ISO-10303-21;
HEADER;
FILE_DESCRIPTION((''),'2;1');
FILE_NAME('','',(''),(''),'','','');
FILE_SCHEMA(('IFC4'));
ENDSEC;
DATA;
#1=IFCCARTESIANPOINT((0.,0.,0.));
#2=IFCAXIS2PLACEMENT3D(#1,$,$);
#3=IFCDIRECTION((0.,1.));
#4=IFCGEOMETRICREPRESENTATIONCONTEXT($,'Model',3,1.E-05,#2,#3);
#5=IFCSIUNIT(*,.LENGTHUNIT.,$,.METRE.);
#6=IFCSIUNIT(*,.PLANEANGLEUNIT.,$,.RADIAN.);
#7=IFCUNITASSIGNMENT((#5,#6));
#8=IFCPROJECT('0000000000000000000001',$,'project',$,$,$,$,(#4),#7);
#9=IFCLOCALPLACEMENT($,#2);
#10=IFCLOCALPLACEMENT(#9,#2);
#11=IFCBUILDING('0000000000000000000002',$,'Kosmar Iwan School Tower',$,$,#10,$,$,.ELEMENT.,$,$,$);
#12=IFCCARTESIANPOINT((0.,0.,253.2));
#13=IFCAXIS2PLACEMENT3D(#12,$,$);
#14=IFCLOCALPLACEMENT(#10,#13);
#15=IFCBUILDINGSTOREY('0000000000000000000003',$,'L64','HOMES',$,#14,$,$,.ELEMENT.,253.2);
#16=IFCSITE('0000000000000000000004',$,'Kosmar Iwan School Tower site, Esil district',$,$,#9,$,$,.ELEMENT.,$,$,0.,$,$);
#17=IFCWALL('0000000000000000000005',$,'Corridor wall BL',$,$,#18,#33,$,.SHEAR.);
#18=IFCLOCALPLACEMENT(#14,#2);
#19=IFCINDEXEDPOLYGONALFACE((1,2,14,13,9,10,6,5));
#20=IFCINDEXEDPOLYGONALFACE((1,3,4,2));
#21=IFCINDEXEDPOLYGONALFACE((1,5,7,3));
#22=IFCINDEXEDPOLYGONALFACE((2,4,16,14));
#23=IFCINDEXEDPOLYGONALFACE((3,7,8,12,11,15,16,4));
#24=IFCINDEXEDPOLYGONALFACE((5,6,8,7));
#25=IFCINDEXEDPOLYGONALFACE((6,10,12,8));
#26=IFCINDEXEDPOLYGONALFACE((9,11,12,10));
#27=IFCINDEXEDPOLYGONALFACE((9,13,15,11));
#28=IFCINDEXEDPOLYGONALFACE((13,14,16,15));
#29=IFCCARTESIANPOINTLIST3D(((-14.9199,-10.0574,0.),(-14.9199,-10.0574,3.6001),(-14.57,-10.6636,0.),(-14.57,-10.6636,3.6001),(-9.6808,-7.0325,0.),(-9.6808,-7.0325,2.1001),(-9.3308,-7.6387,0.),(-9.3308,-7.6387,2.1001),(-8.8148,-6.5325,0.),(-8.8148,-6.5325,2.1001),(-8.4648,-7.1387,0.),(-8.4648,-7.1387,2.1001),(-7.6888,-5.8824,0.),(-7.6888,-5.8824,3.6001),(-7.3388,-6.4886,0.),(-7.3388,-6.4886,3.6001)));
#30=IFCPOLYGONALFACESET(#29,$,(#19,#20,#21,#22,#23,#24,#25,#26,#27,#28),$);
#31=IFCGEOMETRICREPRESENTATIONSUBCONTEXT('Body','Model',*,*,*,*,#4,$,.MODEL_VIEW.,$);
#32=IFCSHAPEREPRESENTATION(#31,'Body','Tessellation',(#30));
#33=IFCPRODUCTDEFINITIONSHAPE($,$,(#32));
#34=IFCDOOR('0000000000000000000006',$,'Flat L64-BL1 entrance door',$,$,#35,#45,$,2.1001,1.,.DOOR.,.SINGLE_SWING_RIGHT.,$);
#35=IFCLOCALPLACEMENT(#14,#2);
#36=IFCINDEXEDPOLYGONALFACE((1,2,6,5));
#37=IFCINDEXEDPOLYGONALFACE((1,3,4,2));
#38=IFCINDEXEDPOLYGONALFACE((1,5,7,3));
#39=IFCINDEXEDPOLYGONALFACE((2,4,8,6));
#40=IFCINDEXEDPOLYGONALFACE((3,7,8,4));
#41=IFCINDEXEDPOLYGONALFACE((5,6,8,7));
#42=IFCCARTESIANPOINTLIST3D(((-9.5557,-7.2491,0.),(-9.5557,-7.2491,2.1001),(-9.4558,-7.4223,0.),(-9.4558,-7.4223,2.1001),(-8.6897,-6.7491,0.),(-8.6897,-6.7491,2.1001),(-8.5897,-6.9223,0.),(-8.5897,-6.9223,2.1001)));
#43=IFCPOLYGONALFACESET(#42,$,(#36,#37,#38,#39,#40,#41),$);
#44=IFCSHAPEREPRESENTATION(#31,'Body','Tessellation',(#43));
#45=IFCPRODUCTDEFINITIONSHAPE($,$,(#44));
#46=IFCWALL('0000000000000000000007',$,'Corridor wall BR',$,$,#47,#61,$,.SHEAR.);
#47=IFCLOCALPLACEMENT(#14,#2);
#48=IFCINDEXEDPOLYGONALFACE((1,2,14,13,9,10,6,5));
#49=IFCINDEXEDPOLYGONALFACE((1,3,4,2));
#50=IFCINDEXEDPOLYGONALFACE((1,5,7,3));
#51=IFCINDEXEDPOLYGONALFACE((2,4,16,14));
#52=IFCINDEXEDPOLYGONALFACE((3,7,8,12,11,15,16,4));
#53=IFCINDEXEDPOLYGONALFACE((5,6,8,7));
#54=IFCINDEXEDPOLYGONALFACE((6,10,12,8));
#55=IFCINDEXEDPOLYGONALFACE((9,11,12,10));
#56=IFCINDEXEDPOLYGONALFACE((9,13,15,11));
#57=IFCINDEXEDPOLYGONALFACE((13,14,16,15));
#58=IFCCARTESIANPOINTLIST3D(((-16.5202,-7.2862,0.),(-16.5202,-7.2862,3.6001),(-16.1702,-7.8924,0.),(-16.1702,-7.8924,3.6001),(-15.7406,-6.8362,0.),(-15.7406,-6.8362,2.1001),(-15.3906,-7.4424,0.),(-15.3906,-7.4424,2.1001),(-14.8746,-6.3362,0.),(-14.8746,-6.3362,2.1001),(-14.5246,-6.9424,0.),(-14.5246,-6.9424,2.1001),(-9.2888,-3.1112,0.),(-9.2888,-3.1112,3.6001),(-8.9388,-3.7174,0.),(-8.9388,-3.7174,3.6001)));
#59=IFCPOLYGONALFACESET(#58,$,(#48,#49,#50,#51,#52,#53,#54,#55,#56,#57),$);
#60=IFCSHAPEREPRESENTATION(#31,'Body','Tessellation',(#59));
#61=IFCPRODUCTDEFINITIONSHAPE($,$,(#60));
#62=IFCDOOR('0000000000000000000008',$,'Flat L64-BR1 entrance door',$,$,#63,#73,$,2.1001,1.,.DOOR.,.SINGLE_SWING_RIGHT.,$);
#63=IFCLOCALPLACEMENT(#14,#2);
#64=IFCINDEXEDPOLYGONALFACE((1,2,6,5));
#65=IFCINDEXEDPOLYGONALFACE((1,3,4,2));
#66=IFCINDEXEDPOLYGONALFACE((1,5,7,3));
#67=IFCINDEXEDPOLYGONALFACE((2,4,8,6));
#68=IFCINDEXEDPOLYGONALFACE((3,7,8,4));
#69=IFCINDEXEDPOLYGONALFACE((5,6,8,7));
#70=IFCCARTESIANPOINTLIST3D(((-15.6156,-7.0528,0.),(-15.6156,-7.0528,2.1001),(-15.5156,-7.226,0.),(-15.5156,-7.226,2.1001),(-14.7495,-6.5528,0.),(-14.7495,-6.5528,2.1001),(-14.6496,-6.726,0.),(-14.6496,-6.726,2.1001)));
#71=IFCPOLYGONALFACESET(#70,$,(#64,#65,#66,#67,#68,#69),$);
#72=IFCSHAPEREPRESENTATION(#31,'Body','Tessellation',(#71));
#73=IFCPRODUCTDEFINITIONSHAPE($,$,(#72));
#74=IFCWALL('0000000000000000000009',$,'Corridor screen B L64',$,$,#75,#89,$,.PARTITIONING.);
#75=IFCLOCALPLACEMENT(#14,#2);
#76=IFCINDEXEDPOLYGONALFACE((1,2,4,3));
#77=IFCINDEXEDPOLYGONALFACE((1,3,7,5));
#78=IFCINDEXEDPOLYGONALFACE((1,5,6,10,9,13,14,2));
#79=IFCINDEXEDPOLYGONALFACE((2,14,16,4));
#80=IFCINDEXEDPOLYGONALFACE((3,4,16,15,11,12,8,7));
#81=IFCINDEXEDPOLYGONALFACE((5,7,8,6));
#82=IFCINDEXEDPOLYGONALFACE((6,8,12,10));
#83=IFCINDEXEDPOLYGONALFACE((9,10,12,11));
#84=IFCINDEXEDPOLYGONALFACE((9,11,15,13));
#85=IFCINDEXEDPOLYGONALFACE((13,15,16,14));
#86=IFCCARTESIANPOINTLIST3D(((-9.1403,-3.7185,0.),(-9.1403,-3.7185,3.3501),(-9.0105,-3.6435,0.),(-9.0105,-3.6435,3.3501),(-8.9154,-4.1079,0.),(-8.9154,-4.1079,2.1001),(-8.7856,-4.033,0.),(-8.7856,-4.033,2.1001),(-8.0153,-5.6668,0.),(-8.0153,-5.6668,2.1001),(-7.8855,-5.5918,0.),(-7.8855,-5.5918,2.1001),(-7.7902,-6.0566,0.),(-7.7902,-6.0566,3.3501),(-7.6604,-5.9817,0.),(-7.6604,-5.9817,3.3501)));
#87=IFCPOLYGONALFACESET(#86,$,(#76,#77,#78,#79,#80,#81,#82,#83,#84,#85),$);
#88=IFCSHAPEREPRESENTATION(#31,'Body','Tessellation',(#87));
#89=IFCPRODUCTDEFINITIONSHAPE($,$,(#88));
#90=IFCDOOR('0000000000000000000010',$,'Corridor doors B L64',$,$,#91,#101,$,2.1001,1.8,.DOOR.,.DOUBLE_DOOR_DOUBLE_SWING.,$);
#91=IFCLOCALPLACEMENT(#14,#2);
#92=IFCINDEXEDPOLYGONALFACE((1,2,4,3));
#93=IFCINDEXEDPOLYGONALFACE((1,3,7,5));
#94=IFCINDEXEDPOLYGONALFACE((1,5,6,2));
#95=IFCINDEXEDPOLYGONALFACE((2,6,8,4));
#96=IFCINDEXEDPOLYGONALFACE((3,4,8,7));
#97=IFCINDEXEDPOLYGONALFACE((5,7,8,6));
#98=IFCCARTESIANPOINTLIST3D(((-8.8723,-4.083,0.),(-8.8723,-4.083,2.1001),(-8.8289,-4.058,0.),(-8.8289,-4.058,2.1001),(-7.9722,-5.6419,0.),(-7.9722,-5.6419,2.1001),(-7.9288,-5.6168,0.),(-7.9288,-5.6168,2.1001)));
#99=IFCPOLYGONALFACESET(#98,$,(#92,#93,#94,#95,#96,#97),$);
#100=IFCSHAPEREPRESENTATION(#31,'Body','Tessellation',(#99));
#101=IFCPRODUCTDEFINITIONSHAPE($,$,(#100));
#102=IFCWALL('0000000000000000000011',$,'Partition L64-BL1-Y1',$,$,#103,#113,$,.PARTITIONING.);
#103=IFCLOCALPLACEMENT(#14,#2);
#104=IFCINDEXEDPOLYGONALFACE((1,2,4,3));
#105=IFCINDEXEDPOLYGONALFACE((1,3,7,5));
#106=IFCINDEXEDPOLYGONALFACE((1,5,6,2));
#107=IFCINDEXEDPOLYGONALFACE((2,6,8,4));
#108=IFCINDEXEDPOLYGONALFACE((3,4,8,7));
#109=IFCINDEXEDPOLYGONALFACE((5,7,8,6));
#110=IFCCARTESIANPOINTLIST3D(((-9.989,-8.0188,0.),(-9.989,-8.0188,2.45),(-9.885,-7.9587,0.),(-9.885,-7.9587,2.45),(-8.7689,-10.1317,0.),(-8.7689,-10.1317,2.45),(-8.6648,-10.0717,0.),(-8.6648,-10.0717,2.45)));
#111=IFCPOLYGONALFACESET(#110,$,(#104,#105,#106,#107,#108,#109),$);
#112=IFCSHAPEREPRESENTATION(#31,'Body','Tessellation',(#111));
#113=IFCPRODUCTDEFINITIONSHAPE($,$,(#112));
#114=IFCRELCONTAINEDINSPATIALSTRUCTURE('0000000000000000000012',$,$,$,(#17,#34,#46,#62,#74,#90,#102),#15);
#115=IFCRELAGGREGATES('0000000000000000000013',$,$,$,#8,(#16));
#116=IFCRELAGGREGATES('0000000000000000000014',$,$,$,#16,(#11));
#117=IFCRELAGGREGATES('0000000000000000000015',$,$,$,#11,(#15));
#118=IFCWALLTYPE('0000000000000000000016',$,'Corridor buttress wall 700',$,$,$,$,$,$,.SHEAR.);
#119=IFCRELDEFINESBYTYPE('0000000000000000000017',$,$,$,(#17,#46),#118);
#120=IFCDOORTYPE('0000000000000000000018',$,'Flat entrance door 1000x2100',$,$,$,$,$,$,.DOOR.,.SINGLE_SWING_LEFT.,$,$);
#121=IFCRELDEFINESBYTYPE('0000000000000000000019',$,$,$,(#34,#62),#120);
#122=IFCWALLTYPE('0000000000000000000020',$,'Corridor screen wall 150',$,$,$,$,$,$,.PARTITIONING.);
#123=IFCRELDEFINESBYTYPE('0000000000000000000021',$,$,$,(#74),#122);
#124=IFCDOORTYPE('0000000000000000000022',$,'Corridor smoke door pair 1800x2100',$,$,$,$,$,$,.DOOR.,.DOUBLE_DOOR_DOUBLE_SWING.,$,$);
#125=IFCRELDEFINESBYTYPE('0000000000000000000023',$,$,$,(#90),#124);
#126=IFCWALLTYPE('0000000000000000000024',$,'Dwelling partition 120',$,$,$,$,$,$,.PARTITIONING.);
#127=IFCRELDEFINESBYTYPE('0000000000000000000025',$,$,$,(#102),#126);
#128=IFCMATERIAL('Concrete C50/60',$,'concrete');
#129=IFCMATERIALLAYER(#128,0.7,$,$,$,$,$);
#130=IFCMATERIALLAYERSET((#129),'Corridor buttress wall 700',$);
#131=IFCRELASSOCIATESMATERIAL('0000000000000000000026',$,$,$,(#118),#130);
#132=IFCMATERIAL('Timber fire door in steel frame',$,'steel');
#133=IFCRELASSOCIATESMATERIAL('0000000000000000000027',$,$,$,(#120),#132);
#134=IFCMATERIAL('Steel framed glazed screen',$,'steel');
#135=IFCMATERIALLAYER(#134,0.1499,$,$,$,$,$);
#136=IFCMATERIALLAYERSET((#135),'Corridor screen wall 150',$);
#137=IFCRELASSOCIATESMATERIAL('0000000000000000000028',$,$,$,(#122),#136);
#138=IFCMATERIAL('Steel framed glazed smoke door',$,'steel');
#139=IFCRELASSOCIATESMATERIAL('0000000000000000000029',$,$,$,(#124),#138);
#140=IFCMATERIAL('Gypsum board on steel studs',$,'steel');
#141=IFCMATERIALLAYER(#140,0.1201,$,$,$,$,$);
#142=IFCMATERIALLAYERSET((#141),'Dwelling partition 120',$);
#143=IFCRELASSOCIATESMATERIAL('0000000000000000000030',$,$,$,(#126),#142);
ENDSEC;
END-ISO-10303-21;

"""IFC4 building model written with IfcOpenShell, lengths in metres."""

from ifc_helpers import new_model, si_unit, direction, frame, frame_2d, origin, place, context, subcontext, project, spatial, rectangle, extrude, material, layer, layer_set, type_object, element, fill, save


model = new_model("IFC4")

# Units and contexts
model_context = context("Model", 3, precision=1e-05, world=origin(), true_north=direction((0.0, 1.0)))
body_context = subcontext(model_context, "Body", "Model", "MODEL_VIEW")
ifc_project = project(units=[si_unit("LENGTHUNIT", "METRE"), si_unit("PLANEANGLEUNIT", "RADIAN")], contexts=[model_context])

# Site, building, storey
site_placement = place(None, origin())
site = spatial("IfcSite", under=ifc_project, at=site_placement, Name="Kosmar Iwan School Tower site, Esil district", CompositionType="ELEMENT", RefElevation=0.0)
building_placement = place(site_placement, origin())
building = spatial("IfcBuilding", under=site, at=building_placement, Name="Kosmar Iwan School Tower", CompositionType="ELEMENT")
storey_placement = place(building_placement, frame((0.0, 0.0, 253.2)))
storey = spatial("IfcBuildingStorey", under=building, at=storey_placement, Name="L64", Description="HOMES", CompositionType="ELEMENT", Elevation=253.2)

# Walls, openings, doors
ifc_material_1 = material(Name="Concrete C50/60", Category="concrete")
ifc_layer_1 = layer(ifc_material_1, 0.7)
ifc_layer_set_1 = layer_set([ifc_layer_1], Name="Corridor buttress wall 700")
wall_type_1 = type_object("IfcWallType", Name="Corridor buttress wall 700", PredefinedType="SHEAR", material=ifc_layer_set_1)
wall_1_placement = place(storey_placement, frame((-7.5139, -6.1855, 0.0), z_axis=(0.0, 0.0, 1.0), x_axis=(-0.86602, -0.50001, 0.0)))
wall_1 = element("IfcWall", 1, at=wall_1_placement, inside=storey, type_object=wall_type_1, Name="Corridor wall BL", PredefinedType="SHEAR", context=body_context, shape_type="SweptSolid", body=[
    extrude(rectangle(XDim=8.3499, YDim=0.7, at=frame_2d((4.1748, 0.0))), origin(), (0.0, 0.0, 1.0), 3.6001),
])
opening_1_placement = place(wall_1_placement, frame((1.3, 0.0, 0.0)))
opening_1 = element("IfcOpeningElement", 2, at=opening_1_placement, cuts=wall_1, PredefinedType="OPENING", context=body_context, shape_type="SweptSolid", body=[
    extrude(rectangle(XDim=1.0, YDim=2.1001, at=frame_2d((0.5, 1.05))), frame((0.0, 0.3621, 0.0), z_axis=(0.0, -1.0, 0.0), x_axis=(1.0, 0.0, 0.0)), (0.0, 0.0, 1.0), 0.7239),
])
ifc_material_2 = material(Name="Timber fire door in steel frame", Category="steel")
door_type_1 = type_object("IfcDoorType", Name="Flat entrance door 1000x2100", OperationType="SINGLE_SWING_LEFT", PredefinedType="DOOR", material=ifc_material_2)
door_1_placement = place(opening_1_placement, origin())
door_1 = element("IfcDoor", 3, at=door_1_placement, inside=storey, type_object=door_type_1, Name="Flat L64-BL1 entrance door", OperationType="SINGLE_SWING_RIGHT", OverallHeight=2.1001, OverallWidth=1.0, PredefinedType="DOOR", context=body_context, shape_type="SweptSolid", body=[
    extrude(rectangle(XDim=1.0, YDim=2.1001, at=frame_2d((0.5, 1.05))), frame((0.0, 0.1001, 0.0), z_axis=(0.0, -1.0, 0.0), x_axis=(1.0, 0.0, 0.0)), (0.0, 0.0, 1.0), 0.2),
])
fill(opening_1, door_1)
wall_2_placement = place(storey_placement, frame((-9.1138, -3.4143, 0.0), z_axis=(0.0, 0.0, 1.0), x_axis=(-0.866027, -0.499997, 0.0)))
wall_2 = element("IfcWall", 4, at=wall_2_placement, inside=storey, type_object=wall_type_1, Name="Corridor wall BR", PredefinedType="SHEAR", context=body_context, shape_type="SweptSolid", body=[
    extrude(rectangle(XDim=8.3501, YDim=0.7, at=frame_2d((4.175, 0.0))), origin(), (0.0, 0.0, 1.0), 3.6001),
])
opening_2_placement = place(wall_2_placement, frame((6.45, 0.0, 0.0)))
opening_2 = element("IfcOpeningElement", 5, at=opening_2_placement, cuts=wall_2, PredefinedType="OPENING", context=body_context, shape_type="SweptSolid", body=[
    extrude(rectangle(XDim=1.0, YDim=2.1001, at=frame_2d((0.5, 1.05))), frame((0.0, 0.3621, 0.0), z_axis=(0.0, -1.0, 0.0), x_axis=(1.0, 0.0, 0.0)), (0.0, 0.0, 1.0), 0.7239),
])
door_2_placement = place(opening_2_placement, origin())
door_2 = element("IfcDoor", 6, at=door_2_placement, inside=storey, type_object=door_type_1, Name="Flat L64-BR1 entrance door", OperationType="SINGLE_SWING_RIGHT", OverallHeight=2.1001, OverallWidth=1.0, PredefinedType="DOOR", context=body_context, shape_type="SweptSolid", body=[
    extrude(rectangle(XDim=1.0, YDim=2.1001, at=frame_2d((0.5, 1.05))), frame((0.0, 0.1001, 0.0), z_axis=(0.0, -1.0, 0.0), x_axis=(1.0, 0.0, 0.0)), (0.0, 0.0, 1.0), 0.2),
])
fill(opening_2, door_2)
ifc_material_3 = material(Name="Steel framed glazed screen", Category="steel")
ifc_layer_2 = layer(ifc_material_3, 0.1499)
ifc_layer_set_2 = layer_set([ifc_layer_2], Name="Corridor screen wall 150")
wall_type_2 = type_object("IfcWallType", Name="Corridor screen wall 150", PredefinedType="PARTITIONING", material=ifc_layer_set_2)
wall_3_placement = place(storey_placement, frame((-9.0754, -3.6809, 0.0), z_axis=(0.0, 0.0, 1.0), x_axis=(0.500049, -0.865997, 0.0)))
wall_3 = element("IfcWall", 7, at=wall_3_placement, inside=storey, type_object=wall_type_2, Name="Corridor screen B L64", PredefinedType="PARTITIONING", context=body_context, shape_type="SweptSolid", body=[
    extrude(rectangle(XDim=2.7, YDim=0.1499, at=frame_2d((1.3501, 0.0))), origin(), (0.0, 0.0, 1.0), 3.3501),
])
opening_3_placement = place(wall_3_placement, frame((0.45, 0.0, 0.0)))
opening_3 = element("IfcOpeningElement", 8, at=opening_3_placement, cuts=wall_3, PredefinedType="OPENING", context=body_context, shape_type="SweptSolid", body=[
    extrude(rectangle(XDim=1.8, YDim=2.1001, at=frame_2d((0.8999, 1.05))), frame((0.0, 0.0869, 0.0), z_axis=(0.0, -1.0, 0.0), x_axis=(1.0, 0.0, 0.0)), (0.0, 0.0, 1.0), 0.1738),
])
ifc_material_4 = material(Name="Steel framed glazed smoke door", Category="steel")
door_type_2 = type_object("IfcDoorType", Name="Corridor smoke door pair 1800x2100", OperationType="DOUBLE_DOOR_DOUBLE_SWING", PredefinedType="DOOR", material=ifc_material_4)
door_3_placement = place(opening_3_placement, origin())
door_3 = element("IfcDoor", 9, at=door_3_placement, inside=storey, type_object=door_type_2, Name="Corridor doors B L64", OperationType="DOUBLE_DOOR_DOUBLE_SWING", OverallHeight=2.1001, OverallWidth=1.8, PredefinedType="DOOR", context=body_context, shape_type="SweptSolid", body=[
    extrude(rectangle(XDim=1.8, YDim=2.1001, at=frame_2d((0.8999, 1.05))), frame((0.0, 0.0249, 0.0), z_axis=(0.0, -1.0, 0.0), x_axis=(1.0, 0.0, 0.0)), (0.0, 0.0, 1.0), 0.05),
])
fill(opening_3, door_3)

# Wall
ifc_material_5 = material(Name="Gypsum board on steel studs", Category="steel")
ifc_layer_3 = layer(ifc_material_5, 0.1201)
ifc_layer_set_3 = layer_set([ifc_layer_3], Name="Dwelling partition 120")
wall_type_3 = type_object("IfcWallType", Name="Dwelling partition 120", PredefinedType="PARTITIONING", material=ifc_layer_set_3)
wall_4_placement = place(storey_placement, frame((-9.937, -7.9888, 0.0), z_axis=(0.0, 0.0, 1.0), x_axis=(0.500078, -0.865981, 0.0)))
element("IfcWall", 10, at=wall_4_placement, inside=storey, type_object=wall_type_3, Name="Partition L64-BL1-Y1", PredefinedType="PARTITIONING", context=body_context, shape_type="SweptSolid", body=[
    extrude(rectangle(XDim=2.4399, YDim=0.1201, at=frame_2d((1.22, 0.0))), origin(), (0.0, 0.0, 1.0), 2.45),
])

save(model, "model.ifc")
